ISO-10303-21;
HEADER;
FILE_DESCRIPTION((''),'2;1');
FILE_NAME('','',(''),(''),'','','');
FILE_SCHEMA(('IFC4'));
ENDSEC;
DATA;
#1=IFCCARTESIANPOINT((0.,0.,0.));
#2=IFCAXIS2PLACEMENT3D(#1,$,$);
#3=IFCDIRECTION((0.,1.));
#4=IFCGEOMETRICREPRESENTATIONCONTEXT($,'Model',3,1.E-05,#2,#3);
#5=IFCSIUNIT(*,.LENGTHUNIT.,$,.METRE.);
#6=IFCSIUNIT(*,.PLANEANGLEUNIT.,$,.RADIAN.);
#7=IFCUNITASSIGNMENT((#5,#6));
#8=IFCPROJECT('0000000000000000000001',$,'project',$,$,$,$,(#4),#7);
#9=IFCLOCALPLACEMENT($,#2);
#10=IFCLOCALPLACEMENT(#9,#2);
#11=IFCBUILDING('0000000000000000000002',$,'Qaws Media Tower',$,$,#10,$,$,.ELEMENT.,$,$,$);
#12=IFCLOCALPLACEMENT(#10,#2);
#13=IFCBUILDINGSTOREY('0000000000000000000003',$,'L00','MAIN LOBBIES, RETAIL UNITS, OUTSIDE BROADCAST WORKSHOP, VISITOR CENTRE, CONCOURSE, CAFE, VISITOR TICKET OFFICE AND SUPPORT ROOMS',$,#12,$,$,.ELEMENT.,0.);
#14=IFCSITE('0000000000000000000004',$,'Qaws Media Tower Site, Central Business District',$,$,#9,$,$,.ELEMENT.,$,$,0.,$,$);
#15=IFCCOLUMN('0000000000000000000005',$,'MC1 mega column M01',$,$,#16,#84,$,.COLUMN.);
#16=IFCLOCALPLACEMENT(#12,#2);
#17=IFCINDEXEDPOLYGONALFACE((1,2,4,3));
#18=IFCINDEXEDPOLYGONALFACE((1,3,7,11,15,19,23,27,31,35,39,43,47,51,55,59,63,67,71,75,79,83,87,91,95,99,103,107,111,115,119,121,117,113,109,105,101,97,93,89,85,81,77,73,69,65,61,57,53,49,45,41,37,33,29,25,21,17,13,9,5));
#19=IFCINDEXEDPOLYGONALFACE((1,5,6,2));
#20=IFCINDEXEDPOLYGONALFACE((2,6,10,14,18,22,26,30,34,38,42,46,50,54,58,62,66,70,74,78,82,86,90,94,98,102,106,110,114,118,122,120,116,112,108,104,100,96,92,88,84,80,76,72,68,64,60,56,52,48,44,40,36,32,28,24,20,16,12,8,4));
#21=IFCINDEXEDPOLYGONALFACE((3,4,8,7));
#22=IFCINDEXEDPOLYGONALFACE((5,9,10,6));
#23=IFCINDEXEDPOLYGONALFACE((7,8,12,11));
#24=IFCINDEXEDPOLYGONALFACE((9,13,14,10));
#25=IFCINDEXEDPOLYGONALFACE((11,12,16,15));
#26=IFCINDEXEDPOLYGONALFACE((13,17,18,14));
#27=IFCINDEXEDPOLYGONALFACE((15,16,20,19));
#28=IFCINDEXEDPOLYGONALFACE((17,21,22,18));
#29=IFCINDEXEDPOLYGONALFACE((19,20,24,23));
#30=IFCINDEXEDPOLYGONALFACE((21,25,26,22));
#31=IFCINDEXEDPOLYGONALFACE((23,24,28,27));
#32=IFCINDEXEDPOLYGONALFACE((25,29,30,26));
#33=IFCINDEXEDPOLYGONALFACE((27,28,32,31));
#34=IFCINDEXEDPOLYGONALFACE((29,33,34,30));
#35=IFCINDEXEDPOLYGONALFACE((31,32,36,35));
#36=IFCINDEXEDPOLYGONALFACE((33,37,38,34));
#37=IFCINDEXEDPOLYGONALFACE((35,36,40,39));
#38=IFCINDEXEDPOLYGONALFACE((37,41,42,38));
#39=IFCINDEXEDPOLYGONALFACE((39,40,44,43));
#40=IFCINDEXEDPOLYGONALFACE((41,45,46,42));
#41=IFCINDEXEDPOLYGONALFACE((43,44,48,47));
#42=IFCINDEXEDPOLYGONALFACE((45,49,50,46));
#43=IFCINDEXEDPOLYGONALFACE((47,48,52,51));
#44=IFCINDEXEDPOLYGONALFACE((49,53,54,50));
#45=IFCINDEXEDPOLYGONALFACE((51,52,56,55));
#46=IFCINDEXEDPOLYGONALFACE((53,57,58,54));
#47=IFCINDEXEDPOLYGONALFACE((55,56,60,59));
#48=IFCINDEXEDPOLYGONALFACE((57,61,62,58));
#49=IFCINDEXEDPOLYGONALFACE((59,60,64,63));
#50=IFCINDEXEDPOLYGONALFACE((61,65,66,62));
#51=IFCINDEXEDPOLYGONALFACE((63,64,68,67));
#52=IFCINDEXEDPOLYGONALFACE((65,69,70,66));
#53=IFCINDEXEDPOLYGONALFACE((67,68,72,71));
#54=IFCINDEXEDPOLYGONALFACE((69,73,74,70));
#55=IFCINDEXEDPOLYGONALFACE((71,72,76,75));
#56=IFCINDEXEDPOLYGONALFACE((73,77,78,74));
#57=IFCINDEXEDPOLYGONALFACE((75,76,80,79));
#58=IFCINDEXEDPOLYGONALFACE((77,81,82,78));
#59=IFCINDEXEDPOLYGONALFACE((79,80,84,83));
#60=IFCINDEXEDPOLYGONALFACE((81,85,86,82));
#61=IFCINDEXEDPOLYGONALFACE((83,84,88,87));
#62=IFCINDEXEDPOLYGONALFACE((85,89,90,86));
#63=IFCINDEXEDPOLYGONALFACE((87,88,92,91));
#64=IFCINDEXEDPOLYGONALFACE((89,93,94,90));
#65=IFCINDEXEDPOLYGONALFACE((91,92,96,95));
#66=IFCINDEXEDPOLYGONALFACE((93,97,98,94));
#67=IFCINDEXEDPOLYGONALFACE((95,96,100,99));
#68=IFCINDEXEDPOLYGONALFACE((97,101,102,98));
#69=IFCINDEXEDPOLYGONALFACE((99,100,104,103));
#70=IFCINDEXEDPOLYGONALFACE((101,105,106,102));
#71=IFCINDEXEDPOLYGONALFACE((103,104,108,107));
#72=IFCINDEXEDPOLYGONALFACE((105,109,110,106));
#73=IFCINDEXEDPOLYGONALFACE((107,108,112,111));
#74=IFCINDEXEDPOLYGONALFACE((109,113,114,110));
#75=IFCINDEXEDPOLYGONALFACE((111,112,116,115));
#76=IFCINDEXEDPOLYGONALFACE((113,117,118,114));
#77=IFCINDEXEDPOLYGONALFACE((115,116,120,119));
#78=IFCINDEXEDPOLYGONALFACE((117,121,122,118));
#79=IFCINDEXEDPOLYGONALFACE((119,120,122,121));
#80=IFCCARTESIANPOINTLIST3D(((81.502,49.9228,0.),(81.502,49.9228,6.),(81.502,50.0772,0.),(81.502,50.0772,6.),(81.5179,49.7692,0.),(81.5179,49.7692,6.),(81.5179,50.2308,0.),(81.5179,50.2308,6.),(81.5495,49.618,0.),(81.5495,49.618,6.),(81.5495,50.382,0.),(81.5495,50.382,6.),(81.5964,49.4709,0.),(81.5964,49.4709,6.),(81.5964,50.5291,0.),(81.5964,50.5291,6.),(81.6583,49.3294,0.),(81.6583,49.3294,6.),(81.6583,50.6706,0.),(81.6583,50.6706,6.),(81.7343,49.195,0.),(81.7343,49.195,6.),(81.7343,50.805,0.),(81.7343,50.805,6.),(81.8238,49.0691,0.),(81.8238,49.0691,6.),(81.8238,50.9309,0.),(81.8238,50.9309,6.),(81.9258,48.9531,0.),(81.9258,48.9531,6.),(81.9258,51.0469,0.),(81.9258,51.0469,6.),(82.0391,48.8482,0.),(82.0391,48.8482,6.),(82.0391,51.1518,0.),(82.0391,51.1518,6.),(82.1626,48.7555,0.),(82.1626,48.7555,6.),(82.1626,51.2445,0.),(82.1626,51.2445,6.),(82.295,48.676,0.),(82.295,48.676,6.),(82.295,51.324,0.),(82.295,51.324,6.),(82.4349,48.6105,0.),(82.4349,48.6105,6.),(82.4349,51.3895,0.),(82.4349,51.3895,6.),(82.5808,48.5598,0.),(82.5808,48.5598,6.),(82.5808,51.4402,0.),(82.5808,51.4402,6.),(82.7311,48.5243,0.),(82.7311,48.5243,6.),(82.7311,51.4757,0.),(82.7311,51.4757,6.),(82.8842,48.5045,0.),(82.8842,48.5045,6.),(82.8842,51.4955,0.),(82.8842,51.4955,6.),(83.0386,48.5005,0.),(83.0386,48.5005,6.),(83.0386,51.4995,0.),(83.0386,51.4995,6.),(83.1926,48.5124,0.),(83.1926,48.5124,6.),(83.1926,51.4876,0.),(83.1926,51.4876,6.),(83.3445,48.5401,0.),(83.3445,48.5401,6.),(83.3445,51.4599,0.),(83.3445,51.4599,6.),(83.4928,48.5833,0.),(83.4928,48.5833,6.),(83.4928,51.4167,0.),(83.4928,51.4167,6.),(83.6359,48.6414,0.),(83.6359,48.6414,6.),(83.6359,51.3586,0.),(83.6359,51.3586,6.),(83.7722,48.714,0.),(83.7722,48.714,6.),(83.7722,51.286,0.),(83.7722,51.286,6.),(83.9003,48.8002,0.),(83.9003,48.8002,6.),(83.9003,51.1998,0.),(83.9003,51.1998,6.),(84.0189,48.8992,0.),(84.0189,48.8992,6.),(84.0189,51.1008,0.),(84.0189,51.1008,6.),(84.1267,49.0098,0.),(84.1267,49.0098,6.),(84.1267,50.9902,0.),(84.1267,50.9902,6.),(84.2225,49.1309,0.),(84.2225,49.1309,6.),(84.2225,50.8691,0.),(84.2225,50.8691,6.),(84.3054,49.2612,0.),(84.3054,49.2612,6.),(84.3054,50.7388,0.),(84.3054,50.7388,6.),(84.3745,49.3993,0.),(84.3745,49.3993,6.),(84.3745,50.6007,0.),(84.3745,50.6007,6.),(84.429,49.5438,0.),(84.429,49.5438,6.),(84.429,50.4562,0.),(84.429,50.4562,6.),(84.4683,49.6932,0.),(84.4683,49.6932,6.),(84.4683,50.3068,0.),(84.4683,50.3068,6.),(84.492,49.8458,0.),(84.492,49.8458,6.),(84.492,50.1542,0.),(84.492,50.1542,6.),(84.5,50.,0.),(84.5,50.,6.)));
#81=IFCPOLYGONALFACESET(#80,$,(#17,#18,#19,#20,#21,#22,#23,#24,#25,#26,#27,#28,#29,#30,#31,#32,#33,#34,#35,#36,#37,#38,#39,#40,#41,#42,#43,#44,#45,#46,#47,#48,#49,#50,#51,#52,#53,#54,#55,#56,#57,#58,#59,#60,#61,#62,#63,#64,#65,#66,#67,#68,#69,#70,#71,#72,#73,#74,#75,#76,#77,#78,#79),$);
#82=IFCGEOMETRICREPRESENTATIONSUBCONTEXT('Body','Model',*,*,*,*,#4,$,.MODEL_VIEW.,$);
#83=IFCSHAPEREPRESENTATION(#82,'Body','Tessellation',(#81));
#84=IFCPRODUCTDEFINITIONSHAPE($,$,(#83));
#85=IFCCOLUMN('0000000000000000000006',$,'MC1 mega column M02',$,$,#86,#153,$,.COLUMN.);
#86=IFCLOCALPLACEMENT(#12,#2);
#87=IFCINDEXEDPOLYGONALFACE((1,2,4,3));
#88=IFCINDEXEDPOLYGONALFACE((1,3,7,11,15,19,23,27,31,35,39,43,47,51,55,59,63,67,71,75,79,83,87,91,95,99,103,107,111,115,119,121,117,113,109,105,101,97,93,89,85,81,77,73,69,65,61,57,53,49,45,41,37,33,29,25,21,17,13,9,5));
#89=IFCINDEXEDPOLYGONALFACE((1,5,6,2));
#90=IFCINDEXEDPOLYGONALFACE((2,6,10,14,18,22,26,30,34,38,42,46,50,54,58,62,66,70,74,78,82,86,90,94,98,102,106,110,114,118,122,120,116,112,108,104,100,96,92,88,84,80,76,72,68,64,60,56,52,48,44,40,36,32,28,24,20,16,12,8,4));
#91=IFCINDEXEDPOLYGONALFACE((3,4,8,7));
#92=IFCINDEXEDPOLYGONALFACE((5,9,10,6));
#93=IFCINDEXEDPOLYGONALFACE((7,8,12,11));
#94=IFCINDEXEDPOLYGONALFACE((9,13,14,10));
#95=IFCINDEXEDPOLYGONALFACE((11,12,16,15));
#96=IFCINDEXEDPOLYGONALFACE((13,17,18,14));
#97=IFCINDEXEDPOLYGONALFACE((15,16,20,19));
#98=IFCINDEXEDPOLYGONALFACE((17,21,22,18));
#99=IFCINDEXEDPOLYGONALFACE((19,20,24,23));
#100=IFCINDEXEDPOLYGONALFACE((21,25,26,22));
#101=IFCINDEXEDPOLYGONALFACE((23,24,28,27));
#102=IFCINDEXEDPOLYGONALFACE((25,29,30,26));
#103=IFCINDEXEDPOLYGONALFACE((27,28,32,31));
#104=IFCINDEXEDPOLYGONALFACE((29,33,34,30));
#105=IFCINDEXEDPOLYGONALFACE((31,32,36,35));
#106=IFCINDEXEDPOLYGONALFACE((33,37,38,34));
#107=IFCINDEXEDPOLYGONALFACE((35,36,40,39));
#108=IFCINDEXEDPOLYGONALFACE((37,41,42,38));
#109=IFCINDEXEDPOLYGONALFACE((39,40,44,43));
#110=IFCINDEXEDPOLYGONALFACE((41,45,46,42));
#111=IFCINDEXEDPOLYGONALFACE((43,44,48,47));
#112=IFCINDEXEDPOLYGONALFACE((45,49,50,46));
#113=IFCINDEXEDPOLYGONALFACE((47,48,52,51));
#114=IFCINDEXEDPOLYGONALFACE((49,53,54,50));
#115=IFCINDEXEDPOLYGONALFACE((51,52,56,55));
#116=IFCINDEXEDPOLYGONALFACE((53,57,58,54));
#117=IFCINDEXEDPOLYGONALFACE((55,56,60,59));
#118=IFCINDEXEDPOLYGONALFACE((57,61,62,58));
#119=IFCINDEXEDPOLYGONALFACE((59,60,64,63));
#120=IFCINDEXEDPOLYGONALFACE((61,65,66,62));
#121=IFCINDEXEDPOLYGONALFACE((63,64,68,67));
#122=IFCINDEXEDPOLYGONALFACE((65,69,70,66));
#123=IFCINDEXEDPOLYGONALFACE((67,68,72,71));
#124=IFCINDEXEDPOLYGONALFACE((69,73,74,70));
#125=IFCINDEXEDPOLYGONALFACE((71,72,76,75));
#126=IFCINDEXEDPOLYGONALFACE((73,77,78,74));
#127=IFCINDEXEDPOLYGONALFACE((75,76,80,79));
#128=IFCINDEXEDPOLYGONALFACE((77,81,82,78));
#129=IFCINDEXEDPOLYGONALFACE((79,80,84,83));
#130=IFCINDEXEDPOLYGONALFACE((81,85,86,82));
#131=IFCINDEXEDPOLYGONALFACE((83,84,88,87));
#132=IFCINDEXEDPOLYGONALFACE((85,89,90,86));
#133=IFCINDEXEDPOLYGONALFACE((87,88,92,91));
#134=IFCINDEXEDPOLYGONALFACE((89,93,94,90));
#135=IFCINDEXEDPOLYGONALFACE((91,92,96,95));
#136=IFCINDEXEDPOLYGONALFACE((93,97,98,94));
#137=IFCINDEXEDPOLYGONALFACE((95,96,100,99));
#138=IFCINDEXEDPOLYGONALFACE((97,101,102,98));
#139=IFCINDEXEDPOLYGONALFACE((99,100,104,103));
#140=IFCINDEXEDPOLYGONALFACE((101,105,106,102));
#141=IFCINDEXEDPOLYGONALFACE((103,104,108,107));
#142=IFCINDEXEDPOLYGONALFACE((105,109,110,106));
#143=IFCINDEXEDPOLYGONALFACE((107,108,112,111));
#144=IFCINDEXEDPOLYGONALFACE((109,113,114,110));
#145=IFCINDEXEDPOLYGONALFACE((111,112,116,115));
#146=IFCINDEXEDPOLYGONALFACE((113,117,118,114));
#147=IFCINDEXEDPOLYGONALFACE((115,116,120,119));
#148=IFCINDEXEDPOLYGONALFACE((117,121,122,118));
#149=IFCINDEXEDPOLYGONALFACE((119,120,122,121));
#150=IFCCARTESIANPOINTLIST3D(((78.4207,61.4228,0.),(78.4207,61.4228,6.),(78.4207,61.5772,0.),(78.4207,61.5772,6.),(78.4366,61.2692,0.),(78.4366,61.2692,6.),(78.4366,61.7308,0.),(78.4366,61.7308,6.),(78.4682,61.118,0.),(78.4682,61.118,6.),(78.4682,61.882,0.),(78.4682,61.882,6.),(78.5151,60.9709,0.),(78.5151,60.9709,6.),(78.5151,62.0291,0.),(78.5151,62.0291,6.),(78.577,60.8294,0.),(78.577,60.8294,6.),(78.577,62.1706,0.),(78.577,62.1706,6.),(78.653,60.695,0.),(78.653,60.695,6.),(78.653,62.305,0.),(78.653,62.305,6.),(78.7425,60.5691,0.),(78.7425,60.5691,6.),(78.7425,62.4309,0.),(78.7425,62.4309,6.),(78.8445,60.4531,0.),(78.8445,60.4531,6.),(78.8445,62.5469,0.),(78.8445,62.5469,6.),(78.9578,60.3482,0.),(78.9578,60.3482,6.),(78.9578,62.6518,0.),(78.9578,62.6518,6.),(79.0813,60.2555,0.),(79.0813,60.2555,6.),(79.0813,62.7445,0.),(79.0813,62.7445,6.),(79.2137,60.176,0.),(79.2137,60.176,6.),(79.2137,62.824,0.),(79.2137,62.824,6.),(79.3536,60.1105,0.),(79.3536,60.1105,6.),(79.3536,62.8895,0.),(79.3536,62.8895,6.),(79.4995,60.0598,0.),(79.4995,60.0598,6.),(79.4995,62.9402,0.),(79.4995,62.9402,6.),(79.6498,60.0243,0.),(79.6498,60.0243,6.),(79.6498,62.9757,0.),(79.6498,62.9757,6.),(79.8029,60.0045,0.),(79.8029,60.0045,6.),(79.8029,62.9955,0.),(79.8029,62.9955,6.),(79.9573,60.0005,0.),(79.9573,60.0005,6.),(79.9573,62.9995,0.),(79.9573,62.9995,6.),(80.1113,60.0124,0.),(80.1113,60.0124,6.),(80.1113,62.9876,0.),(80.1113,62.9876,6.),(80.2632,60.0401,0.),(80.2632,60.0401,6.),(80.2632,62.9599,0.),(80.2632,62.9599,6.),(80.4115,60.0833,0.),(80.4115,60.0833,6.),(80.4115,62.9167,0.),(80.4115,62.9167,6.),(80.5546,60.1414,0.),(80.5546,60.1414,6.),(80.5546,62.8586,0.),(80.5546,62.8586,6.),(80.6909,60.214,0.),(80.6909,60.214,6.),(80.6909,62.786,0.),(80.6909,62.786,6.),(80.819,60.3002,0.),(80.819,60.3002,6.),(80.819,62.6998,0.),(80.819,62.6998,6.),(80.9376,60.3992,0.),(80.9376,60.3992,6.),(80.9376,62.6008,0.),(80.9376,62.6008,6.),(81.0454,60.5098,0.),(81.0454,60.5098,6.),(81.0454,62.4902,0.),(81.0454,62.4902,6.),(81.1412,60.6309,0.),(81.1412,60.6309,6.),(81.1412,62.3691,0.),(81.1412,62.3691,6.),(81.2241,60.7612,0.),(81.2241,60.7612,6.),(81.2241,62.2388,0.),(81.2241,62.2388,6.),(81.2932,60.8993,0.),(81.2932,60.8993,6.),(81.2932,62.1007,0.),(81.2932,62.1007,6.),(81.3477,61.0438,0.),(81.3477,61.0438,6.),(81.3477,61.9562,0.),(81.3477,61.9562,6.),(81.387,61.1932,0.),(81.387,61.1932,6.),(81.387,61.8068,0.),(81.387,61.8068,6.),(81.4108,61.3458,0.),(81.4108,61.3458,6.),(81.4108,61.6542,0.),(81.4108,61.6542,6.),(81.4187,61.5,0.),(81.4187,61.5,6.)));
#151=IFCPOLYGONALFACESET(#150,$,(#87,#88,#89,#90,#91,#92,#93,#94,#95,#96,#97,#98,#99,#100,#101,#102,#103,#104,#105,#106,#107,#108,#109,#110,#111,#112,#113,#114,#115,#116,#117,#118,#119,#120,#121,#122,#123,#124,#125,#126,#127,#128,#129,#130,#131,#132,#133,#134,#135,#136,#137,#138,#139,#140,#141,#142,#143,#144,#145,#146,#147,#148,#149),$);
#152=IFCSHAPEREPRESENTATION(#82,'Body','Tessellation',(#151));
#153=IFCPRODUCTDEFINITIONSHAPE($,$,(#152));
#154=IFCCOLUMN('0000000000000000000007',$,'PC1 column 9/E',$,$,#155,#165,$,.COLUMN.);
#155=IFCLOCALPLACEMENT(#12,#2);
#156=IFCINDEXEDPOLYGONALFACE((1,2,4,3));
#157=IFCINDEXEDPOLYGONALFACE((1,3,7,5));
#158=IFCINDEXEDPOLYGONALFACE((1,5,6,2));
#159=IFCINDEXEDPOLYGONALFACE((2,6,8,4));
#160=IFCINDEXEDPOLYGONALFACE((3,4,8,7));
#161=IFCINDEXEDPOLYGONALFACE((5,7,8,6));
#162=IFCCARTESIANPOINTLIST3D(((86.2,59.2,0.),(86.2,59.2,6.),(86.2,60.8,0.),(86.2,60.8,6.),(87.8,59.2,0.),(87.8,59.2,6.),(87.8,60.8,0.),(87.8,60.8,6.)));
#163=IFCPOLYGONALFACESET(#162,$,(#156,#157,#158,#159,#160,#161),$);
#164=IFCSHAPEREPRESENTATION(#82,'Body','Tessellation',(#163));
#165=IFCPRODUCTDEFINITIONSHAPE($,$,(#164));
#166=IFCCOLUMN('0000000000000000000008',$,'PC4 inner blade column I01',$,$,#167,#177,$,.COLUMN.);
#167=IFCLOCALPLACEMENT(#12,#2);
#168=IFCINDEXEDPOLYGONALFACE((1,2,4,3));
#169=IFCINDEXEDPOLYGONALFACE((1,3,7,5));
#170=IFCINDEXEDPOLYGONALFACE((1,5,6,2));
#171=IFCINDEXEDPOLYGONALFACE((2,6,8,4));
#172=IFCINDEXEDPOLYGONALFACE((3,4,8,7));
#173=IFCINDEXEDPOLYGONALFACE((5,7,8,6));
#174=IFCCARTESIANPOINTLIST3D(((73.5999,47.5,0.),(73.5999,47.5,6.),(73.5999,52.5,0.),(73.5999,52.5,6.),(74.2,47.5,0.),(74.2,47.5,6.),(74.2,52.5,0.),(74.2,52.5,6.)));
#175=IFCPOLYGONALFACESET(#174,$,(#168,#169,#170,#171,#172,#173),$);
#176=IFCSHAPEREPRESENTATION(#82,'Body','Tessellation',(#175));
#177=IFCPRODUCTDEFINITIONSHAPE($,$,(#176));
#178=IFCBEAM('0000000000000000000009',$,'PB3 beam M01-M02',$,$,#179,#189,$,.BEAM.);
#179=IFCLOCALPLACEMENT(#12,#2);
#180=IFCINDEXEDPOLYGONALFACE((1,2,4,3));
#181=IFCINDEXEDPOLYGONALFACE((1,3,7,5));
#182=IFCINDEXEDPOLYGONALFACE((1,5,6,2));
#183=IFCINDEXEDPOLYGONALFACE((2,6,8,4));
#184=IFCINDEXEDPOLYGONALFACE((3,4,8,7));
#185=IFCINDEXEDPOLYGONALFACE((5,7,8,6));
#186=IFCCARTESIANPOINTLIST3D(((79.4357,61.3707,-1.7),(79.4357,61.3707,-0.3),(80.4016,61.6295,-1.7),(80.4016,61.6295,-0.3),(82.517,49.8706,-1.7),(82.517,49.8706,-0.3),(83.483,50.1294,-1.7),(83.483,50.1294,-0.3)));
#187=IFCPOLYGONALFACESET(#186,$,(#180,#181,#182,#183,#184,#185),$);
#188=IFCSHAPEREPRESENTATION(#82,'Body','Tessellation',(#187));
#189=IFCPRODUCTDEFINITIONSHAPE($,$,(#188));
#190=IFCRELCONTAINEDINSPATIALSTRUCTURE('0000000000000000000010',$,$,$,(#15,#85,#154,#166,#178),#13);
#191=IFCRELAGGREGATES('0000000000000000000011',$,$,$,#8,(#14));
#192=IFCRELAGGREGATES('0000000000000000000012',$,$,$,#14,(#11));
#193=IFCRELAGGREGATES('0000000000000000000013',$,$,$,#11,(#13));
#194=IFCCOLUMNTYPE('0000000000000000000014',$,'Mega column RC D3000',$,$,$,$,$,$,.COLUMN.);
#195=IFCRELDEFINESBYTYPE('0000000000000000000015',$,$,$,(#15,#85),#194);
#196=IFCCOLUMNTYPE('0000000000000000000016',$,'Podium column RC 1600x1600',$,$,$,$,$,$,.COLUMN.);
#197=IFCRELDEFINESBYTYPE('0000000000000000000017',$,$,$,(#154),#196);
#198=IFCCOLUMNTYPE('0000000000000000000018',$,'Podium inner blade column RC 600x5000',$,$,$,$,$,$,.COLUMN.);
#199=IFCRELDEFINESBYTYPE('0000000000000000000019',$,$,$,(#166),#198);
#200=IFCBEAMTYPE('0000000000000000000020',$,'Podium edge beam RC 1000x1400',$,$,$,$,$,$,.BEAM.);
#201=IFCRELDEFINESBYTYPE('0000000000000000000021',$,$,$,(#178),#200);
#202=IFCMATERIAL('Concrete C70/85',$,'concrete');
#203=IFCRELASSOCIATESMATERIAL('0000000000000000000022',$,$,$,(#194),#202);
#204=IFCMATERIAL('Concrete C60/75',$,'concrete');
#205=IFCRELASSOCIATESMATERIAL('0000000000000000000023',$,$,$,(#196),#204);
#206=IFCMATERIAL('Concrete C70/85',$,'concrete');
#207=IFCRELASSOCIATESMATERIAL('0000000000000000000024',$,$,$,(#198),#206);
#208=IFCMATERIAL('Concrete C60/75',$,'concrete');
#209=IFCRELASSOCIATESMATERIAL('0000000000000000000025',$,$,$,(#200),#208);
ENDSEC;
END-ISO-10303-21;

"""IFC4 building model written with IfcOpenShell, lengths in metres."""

from ifc_helpers import new_model, si_unit, direction, frame, origin, origin_2d, place, context, subcontext, project, spatial, rectangle, circle, extrude, material, material_profile, profile_set, type_object, element, save


model = new_model("IFC4")

# Units and contexts
model_context = context("Model", 3, precision=1e-05, world=origin(), true_north=direction((0.0, 1.0)))
body_context = subcontext(model_context, "Body", "Model", "MODEL_VIEW")
ifc_project = project(units=[si_unit("LENGTHUNIT", "METRE"), si_unit("PLANEANGLEUNIT", "RADIAN")], contexts=[model_context])

# Site, building, storey
site_placement = place(None, origin())
site = spatial("IfcSite", under=ifc_project, at=site_placement, Name="Qaws Media Tower Site, Central Business District", CompositionType="ELEMENT", RefElevation=0.0)
building_placement = place(site_placement, origin())
building = spatial("IfcBuilding", under=site, at=building_placement, Name="Qaws Media Tower", CompositionType="ELEMENT")
storey_placement = place(building_placement, origin())
storey = spatial("IfcBuildingStorey", under=building, at=storey_placement, Name="L00", Description="MAIN LOBBIES, RETAIL UNITS, OUTSIDE BROADCAST WORKSHOP, VISITOR CENTRE, CONCOURSE, CAFE, VISITOR TICKET OFFICE AND SUPPORT ROOMS", CompositionType="ELEMENT", Elevation=0.0)

# Columns
ifc_material_1 = material(Name="Concrete C70/85", Category="concrete")
ifc_material_profile_1 = material_profile(ifc_material_1, circle(Radius=1.5, at=origin_2d()), Name="RC D3000")
ifc_profile_set_1 = profile_set([ifc_material_profile_1], Name="Concrete C70/85")
column_type_1 = type_object("IfcColumnType", Name="Mega column RC D3000", PredefinedType="COLUMN", material=ifc_profile_set_1)
for number, where, z_axis, x_axis, name in (
    (1, (83.0, 50.0, 0.0), (0.0, 0.0, 1.0), (1.0, 0.0, 0.0), "MC1 mega column M01"),
    (2, (79.9187, 61.5, 0.0), (0.0, 0.0, 1.0), (1.0, 0.0, 0.0), "MC1 mega column M02"),
):
    element("IfcColumn", number, at=place(storey_placement, frame(where, z_axis=z_axis, x_axis=x_axis)), inside=storey, type_object=column_type_1, Name=name, PredefinedType="COLUMN", context=body_context, shape_type="SweptSolid", body=[
        extrude(circle(Radius=1.5, at=origin_2d()), origin(), (0.0, 0.0, 1.0), 6.0),
    ])
ifc_material_2 = material(Name="Concrete C60/75", Category="concrete")
ifc_material_profile_2 = material_profile(ifc_material_2, rectangle(XDim=1.6001, YDim=1.6001, at=origin_2d()), Name="RC 1600x1600")
ifc_profile_set_2 = profile_set([ifc_material_profile_2], Name="Concrete C60/75")
column_type_2 = type_object("IfcColumnType", Name="Podium column RC 1600x1600", PredefinedType="COLUMN", material=ifc_profile_set_2)
column_1_placement = place(storey_placement, frame((87.0, 60.0, 0.0), z_axis=(0.0, 0.0, 1.0), x_axis=(1.0, 0.0, 0.0)))
element("IfcColumn", 3, at=column_1_placement, inside=storey, type_object=column_type_2, Name="PC1 column 9/E", PredefinedType="COLUMN", context=body_context, shape_type="SweptSolid", body=[
    extrude(rectangle(XDim=1.6001, YDim=1.6001, at=origin_2d()), origin(), (0.0, 0.0, 1.0), 6.0),
])
ifc_material_3 = material(Name="Concrete C70/85", Category="concrete")
ifc_material_profile_3 = material_profile(ifc_material_3, rectangle(XDim=0.6001, YDim=5.0, at=origin_2d()), Name="RC 600x5000")
ifc_profile_set_3 = profile_set([ifc_material_profile_3], Name="Concrete C70/85")
column_type_3 = type_object("IfcColumnType", Name="Podium inner blade column RC 600x5000", PredefinedType="COLUMN", material=ifc_profile_set_3)
column_2_placement = place(storey_placement, frame((73.8999, 50.0, 0.0), z_axis=(0.0, 0.0, 1.0), x_axis=(1.0, 0.0, 0.0)))
element("IfcColumn", 4, at=column_2_placement, inside=storey, type_object=column_type_3, Name="PC4 inner blade column I01", PredefinedType="COLUMN", context=body_context, shape_type="SweptSolid", body=[
    extrude(rectangle(XDim=0.6001, YDim=5.0, at=origin_2d()), origin(), (0.0, 0.0, 1.0), 6.0),
])

# Beam
ifc_material_4 = material(Name="Concrete C60/75", Category="concrete")
ifc_material_profile_4 = material_profile(ifc_material_4, rectangle(XDim=1.0, YDim=1.3999, at=origin_2d()), Name="RC 1000x1400")
ifc_profile_set_4 = profile_set([ifc_material_profile_4], Name="Concrete C60/75")
beam_type_1 = type_object("IfcBeamType", Name="Podium edge beam RC 1000x1400", PredefinedType="BEAM", material=ifc_profile_set_4)
for number, where, z_axis, x_axis, name in (
    (5, (83.0, 50.0, -1.0), (-0.25881, 0.965928, 0.0), (-0.965928, -0.25881, 0.0), "PB3 beam M01-M02"),
):
    element("IfcBeam", number, at=place(storey_placement, frame(where, z_axis=z_axis, x_axis=x_axis)), inside=storey, type_object=beam_type_1, Name=name, PredefinedType="BEAM", context=body_context, shape_type="SweptSolid", body=[
        extrude(rectangle(XDim=1.0, YDim=1.3999, at=origin_2d()), origin(), (0.0, 0.0, 1.0), 11.9058),
    ])

save(model, "model.ifc")
